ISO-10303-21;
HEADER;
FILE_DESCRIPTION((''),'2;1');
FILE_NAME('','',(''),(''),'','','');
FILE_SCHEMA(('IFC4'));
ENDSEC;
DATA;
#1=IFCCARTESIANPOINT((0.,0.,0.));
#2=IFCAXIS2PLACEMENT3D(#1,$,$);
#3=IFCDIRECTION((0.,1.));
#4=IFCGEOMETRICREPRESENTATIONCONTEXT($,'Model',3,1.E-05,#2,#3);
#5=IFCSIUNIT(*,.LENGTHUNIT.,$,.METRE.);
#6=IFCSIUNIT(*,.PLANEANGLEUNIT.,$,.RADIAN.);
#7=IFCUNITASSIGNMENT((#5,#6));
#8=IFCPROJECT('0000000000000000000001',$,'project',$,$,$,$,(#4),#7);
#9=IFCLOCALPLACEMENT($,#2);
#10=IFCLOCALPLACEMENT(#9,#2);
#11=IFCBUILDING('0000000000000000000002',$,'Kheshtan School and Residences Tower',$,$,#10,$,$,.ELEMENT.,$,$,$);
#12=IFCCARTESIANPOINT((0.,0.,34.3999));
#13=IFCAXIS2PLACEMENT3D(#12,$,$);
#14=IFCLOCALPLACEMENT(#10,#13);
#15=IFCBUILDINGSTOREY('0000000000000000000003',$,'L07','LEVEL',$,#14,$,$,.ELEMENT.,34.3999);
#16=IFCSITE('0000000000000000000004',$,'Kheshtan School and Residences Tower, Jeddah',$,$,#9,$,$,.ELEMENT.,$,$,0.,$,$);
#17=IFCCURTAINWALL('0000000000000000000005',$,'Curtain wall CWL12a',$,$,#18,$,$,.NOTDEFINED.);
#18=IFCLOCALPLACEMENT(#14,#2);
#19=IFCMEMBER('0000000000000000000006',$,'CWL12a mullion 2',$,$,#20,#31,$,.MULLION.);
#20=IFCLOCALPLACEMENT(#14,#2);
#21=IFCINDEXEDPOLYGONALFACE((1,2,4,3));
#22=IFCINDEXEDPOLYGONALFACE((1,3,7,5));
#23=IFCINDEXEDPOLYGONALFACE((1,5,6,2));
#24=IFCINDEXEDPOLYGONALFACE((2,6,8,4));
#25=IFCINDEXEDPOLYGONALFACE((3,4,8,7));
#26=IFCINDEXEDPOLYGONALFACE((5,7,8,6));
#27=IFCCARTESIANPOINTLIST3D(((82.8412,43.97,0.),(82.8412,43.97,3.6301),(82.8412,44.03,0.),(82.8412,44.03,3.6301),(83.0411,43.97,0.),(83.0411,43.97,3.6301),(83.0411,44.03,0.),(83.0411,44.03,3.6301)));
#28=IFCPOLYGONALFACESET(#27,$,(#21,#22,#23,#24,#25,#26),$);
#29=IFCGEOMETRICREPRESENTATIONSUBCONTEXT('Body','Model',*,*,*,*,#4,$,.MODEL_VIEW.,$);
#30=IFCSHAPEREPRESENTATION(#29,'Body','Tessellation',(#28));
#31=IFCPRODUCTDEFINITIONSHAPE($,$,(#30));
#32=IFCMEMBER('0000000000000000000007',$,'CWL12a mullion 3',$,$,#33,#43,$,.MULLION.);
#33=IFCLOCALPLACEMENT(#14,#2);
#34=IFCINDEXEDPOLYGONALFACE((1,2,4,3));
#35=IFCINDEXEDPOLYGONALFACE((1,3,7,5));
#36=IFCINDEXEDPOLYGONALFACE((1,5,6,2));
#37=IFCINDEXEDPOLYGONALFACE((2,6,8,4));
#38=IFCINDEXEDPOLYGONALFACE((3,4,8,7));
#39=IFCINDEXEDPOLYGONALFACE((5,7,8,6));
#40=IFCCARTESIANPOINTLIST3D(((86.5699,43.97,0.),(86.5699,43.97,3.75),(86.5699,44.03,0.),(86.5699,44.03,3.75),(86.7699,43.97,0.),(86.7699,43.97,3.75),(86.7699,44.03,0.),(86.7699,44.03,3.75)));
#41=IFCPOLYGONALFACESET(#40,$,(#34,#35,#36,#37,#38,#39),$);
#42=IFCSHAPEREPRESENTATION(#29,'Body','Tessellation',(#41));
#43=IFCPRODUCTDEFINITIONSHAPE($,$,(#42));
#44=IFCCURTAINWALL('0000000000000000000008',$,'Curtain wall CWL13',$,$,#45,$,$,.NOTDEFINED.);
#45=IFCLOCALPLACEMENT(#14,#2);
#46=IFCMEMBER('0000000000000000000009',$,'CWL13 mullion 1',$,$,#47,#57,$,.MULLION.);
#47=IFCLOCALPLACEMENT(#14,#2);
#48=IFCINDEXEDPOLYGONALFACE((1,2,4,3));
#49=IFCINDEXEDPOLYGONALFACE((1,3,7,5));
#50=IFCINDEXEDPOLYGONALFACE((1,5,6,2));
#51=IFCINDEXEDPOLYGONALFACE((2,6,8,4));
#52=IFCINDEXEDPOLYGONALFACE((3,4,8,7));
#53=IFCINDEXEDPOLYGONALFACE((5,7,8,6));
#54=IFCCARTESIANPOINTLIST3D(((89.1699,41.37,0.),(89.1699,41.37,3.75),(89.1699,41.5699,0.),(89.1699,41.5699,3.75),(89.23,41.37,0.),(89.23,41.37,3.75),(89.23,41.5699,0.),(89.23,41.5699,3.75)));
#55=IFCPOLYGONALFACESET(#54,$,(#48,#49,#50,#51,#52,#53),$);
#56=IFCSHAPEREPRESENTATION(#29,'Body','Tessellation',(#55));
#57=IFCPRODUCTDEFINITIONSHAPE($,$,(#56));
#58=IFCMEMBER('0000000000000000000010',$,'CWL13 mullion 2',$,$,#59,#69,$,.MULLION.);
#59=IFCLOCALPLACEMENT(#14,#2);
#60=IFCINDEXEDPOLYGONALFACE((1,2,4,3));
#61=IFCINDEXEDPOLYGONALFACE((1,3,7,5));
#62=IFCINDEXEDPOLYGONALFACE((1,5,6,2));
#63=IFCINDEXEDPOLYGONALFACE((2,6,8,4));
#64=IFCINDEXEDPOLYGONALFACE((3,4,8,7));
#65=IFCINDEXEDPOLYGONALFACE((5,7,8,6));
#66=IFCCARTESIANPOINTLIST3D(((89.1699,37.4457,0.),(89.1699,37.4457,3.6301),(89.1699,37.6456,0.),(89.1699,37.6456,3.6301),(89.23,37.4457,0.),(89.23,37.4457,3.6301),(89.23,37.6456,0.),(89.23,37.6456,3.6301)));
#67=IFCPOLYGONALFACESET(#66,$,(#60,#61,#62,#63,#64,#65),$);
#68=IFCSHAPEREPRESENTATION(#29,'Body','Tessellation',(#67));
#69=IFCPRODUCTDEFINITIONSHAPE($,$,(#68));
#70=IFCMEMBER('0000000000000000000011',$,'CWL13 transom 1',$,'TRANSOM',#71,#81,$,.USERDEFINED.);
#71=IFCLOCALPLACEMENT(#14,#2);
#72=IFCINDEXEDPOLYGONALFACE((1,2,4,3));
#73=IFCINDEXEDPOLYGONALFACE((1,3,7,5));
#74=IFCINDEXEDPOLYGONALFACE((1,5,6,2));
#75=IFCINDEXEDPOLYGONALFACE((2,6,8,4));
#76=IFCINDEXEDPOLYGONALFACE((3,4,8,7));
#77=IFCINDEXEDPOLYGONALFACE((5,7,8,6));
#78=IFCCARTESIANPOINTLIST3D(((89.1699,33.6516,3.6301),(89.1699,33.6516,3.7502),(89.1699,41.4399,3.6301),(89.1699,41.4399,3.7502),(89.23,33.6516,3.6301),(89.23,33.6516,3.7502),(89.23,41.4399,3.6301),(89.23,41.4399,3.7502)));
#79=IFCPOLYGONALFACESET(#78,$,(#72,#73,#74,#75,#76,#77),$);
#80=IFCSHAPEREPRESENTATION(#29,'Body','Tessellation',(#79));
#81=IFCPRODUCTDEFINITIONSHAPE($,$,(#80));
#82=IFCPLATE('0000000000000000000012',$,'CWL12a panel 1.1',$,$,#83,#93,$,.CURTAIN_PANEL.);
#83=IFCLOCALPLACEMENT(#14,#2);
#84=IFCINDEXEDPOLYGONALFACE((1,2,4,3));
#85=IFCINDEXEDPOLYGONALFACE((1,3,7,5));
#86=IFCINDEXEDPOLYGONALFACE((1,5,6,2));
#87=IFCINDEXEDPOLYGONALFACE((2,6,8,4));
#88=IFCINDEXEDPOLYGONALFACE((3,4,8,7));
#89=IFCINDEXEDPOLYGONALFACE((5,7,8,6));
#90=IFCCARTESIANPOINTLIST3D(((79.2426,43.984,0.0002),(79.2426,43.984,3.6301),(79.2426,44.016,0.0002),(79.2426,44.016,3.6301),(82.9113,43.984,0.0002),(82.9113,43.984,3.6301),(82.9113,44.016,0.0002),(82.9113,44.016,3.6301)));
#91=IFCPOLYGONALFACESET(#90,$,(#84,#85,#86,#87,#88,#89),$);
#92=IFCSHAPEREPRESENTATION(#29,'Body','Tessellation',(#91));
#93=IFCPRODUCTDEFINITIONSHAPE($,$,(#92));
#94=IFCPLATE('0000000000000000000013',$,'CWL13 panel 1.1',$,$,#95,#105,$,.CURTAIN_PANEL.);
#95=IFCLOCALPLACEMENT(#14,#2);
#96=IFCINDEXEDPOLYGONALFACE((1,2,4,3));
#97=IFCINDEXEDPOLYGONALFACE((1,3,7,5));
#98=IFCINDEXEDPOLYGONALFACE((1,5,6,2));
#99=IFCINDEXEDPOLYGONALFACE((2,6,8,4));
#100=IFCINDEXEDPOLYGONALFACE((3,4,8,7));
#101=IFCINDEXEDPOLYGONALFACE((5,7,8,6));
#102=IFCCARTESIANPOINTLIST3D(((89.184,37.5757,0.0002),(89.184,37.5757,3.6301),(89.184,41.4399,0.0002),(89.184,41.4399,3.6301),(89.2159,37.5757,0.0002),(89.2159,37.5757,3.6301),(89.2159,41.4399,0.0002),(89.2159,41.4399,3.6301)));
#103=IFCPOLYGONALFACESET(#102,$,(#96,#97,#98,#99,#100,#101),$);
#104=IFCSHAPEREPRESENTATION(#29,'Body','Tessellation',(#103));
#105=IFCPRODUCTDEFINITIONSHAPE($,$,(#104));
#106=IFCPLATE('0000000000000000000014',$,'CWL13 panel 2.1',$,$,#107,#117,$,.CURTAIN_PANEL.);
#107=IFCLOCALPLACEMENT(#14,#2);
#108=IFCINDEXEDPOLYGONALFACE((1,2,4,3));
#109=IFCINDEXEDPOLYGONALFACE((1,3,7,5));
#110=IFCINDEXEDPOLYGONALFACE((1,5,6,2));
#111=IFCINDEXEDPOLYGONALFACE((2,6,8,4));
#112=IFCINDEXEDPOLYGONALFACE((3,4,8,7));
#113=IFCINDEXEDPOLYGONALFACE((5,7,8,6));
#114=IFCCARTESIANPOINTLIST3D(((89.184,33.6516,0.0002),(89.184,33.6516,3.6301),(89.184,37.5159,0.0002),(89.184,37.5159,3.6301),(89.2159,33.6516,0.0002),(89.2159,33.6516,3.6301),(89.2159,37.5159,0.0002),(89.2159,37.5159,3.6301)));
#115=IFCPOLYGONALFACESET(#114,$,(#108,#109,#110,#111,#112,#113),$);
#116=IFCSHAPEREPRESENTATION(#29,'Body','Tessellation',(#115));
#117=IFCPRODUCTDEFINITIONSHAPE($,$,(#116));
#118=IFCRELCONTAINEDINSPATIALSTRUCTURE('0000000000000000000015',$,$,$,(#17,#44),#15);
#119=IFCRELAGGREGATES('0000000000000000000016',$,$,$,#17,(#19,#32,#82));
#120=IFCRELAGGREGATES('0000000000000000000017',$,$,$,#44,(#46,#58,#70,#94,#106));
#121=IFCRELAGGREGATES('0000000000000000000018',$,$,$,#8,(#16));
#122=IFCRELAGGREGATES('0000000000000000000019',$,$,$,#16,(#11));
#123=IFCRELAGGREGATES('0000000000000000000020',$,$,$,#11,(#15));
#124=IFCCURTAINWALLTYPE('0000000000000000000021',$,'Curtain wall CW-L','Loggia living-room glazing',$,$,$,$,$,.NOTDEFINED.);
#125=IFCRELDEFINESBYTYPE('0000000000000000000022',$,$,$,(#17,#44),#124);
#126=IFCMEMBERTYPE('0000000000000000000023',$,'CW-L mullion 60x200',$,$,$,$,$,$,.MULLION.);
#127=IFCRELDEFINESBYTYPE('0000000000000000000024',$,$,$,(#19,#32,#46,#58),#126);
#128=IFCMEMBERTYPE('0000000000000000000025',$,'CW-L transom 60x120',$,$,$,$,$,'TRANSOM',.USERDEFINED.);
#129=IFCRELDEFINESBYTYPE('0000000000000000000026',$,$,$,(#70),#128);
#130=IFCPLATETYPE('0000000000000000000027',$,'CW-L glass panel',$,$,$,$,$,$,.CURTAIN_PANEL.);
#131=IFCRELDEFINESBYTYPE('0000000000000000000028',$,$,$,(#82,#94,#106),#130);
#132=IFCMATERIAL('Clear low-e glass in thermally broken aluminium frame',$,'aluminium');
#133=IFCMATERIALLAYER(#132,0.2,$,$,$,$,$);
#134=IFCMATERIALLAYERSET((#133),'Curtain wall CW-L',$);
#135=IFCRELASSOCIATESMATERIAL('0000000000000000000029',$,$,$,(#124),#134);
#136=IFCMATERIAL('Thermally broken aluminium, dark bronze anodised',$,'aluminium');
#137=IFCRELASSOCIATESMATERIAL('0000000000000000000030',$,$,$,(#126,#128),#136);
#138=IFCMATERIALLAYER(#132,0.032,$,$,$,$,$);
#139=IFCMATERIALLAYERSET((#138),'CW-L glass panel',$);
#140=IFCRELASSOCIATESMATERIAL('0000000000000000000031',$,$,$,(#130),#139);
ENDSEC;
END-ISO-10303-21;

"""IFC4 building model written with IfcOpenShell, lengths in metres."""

from ifc_helpers import new_model, si_unit, direction, frame, origin, origin_2d, place, context, subcontext, project, spatial, rectangle, extrude, material, layer, layer_set, material_profile, profile_set, type_object, element, aggregate, save


model = new_model("IFC4")

# Units and contexts
model_context = context("Model", 3, precision=1e-05, world=origin(), true_north=direction((0.0, 1.0)))
body_context = subcontext(model_context, "Body", "Model", "MODEL_VIEW")
ifc_project = project(units=[si_unit("LENGTHUNIT", "METRE"), si_unit("PLANEANGLEUNIT", "RADIAN")], contexts=[model_context])

# Site, building, storey
site_placement = place(None, origin())
site = spatial("IfcSite", under=ifc_project, at=site_placement, Name="Kheshtan School and Residences Tower, Jeddah", CompositionType="ELEMENT", RefElevation=0.0)
building_placement = place(site_placement, origin())
building = spatial("IfcBuilding", under=site, at=building_placement, Name="Kheshtan School and Residences Tower", CompositionType="ELEMENT")
storey_placement = place(building_placement, frame((0.0, 0.0, 34.3999)))
storey = spatial("IfcBuildingStorey", under=building, at=storey_placement, Name="L07", Description="LEVEL", CompositionType="ELEMENT", Elevation=34.3999)

# Curtain walls, members
ifc_material_1 = material(Name="Clear low-e glass in thermally broken aluminium frame", Category="aluminium")
ifc_layer_1 = layer(ifc_material_1, 0.2)
ifc_layer_set_1 = layer_set([ifc_layer_1], Name="Curtain wall CW-L")
curtain_wall_type = type_object("IfcCurtainWallType", Name="Curtain wall CW-L", Description="Loggia living-room glazing", PredefinedType="NOTDEFINED", material=ifc_layer_set_1)
curtain_wall_1_placement = place(storey_placement, origin())
curtain_wall_1 = element("IfcCurtainWall", 1, at=curtain_wall_1_placement, inside=storey, type_object=curtain_wall_type, Name="Curtain wall CWL12a", PredefinedType="NOTDEFINED")
ifc_material_2 = material(Name="Thermally broken aluminium, dark bronze anodised", Category="aluminium")
ifc_material_profile_1 = material_profile(ifc_material_2, rectangle(XDim=0.0601, YDim=0.2, at=origin_2d()), Name="CW-L mullion 60x200")
ifc_profile_set_1 = profile_set([ifc_material_profile_1], Name="Thermally broken aluminium, dark bronze anodised")
member_type_1 = type_object("IfcMemberType", Name="CW-L mullion 60x200", PredefinedType="MULLION", material=ifc_profile_set_1)
member_1_placement = place(storey_placement, frame((82.9412, 44.0, 0.0), z_axis=(0.0, 0.0, 1.0), x_axis=(0.0, 1.0, 0.0)))
member_1 = element("IfcMember", 2, at=member_1_placement, type_object=member_type_1, Name="CWL12a mullion 2", PredefinedType="MULLION", context=body_context, shape_type="SweptSolid", body=[
    extrude(rectangle(XDim=0.0601, YDim=0.2, at=origin_2d()), origin(), (0.0, 0.0, 1.0), 3.6301),
])
member_2_placement = place(storey_placement, frame((86.6699, 44.0, 0.0), z_axis=(0.0, 0.0, 1.0), x_axis=(0.0, 1.0, 0.0)))
member_2 = element("IfcMember", 3, at=member_2_placement, type_object=member_type_1, Name="CWL12a mullion 3", PredefinedType="MULLION", context=body_context, shape_type="SweptSolid", body=[
    extrude(rectangle(XDim=0.0601, YDim=0.2, at=origin_2d()), origin(), (0.0, 0.0, 1.0), 3.75),
])
curtain_wall_2_placement = place(storey_placement, origin())
curtain_wall_2 = element("IfcCurtainWall", 4, at=curtain_wall_2_placement, inside=storey, type_object=curtain_wall_type, Name="Curtain wall CWL13", PredefinedType="NOTDEFINED")
member_3_placement = place(storey_placement, frame((89.2, 41.47, 0.0), z_axis=(0.0, 0.0, 1.0), x_axis=(1.0, 0.0, 0.0)))
member_3 = element("IfcMember", 5, at=member_3_placement, type_object=member_type_1, Name="CWL13 mullion 1", PredefinedType="MULLION", context=body_context, shape_type="SweptSolid", body=[
    extrude(rectangle(XDim=0.0601, YDim=0.2, at=origin_2d()), origin(), (0.0, 0.0, 1.0), 3.75),
])
member_4_placement = place(storey_placement, frame((89.2, 37.5457, 0.0), z_axis=(0.0, 0.0, 1.0), x_axis=(1.0, 0.0, 0.0)))
member_4 = element("IfcMember", 6, at=member_4_placement, type_object=member_type_1, Name="CWL13 mullion 2", PredefinedType="MULLION", context=body_context, shape_type="SweptSolid", body=[
    extrude(rectangle(XDim=0.0601, YDim=0.2, at=origin_2d()), origin(), (0.0, 0.0, 1.0), 3.6301),
])
ifc_material_profile_2 = material_profile(ifc_material_2, rectangle(XDim=0.0601, YDim=0.1201, at=origin_2d()), Name="CW-L transom 60x120")
ifc_profile_set_2 = profile_set([ifc_material_profile_2], Name="Thermally broken aluminium, dark bronze anodised")
member_type_2 = type_object("IfcMemberType", Name="CW-L transom 60x120", ElementType="TRANSOM", PredefinedType="USERDEFINED", material=ifc_profile_set_2)
member_5_placement = place(storey_placement, frame((89.2, 41.4399, 3.6902), z_axis=(0.0, -1.0, 0.0), x_axis=(1.0, 0.0, 0.0)))
member_5 = element("IfcMember", 7, at=member_5_placement, type_object=member_type_2, Name="CWL13 transom 1", ObjectType="TRANSOM", PredefinedType="USERDEFINED", context=body_context, shape_type="SweptSolid", body=[
    extrude(rectangle(XDim=0.0601, YDim=0.1201, at=origin_2d()), origin(), (0.0, 0.0, 1.0), 7.7883),
])

# Plates
ifc_layer_2 = layer(ifc_material_1, 0.032)
ifc_layer_set_2 = layer_set([ifc_layer_2], Name="CW-L glass panel")
plate_type = type_object("IfcPlateType", Name="CW-L glass panel", PredefinedType="CURTAIN_PANEL", material=ifc_layer_set_2)
plate_1_placement = place(storey_placement, frame((81.0769, 44.0, 0.0002), z_axis=(0.0, 0.0, 1.0), x_axis=(1.0, 0.0, 0.0)))
plate_1 = element("IfcPlate", 8, at=plate_1_placement, type_object=plate_type, Name="CWL12a panel 1.1", PredefinedType="CURTAIN_PANEL", context=body_context, shape_type="SweptSolid", body=[
    extrude(rectangle(XDim=3.6687, YDim=0.032, at=origin_2d()), origin(), (0.0, 0.0, 1.0), 3.6299),
])
aggregate(curtain_wall_1, [member_1, member_2, plate_1])
plate_2_placement = place(storey_placement, frame((89.2, 39.5078, 0.0002), z_axis=(0.0, 0.0, 1.0), x_axis=(0.0, -1.0, 0.0)))
plate_2 = element("IfcPlate", 9, at=plate_2_placement, type_object=plate_type, Name="CWL13 panel 1.1", PredefinedType="CURTAIN_PANEL", context=body_context, shape_type="SweptSolid", body=[
    extrude(rectangle(XDim=3.8643, YDim=0.032, at=origin_2d()), origin(), (0.0, 0.0, 1.0), 3.6299),
])
plate_3_placement = place(storey_placement, frame((89.2, 35.5837, 0.0002), z_axis=(0.0, 0.0, 1.0), x_axis=(0.0, -1.0, 0.0)))
plate_3 = element("IfcPlate", 10, at=plate_3_placement, type_object=plate_type, Name="CWL13 panel 2.1", PredefinedType="CURTAIN_PANEL", context=body_context, shape_type="SweptSolid", body=[
    extrude(rectangle(XDim=3.8643, YDim=0.032, at=origin_2d()), origin(), (0.0, 0.0, 1.0), 3.6299),
])
aggregate(curtain_wall_2, [member_3, member_4, member_5, plate_2, plate_3])

save(model, "model.ifc")
